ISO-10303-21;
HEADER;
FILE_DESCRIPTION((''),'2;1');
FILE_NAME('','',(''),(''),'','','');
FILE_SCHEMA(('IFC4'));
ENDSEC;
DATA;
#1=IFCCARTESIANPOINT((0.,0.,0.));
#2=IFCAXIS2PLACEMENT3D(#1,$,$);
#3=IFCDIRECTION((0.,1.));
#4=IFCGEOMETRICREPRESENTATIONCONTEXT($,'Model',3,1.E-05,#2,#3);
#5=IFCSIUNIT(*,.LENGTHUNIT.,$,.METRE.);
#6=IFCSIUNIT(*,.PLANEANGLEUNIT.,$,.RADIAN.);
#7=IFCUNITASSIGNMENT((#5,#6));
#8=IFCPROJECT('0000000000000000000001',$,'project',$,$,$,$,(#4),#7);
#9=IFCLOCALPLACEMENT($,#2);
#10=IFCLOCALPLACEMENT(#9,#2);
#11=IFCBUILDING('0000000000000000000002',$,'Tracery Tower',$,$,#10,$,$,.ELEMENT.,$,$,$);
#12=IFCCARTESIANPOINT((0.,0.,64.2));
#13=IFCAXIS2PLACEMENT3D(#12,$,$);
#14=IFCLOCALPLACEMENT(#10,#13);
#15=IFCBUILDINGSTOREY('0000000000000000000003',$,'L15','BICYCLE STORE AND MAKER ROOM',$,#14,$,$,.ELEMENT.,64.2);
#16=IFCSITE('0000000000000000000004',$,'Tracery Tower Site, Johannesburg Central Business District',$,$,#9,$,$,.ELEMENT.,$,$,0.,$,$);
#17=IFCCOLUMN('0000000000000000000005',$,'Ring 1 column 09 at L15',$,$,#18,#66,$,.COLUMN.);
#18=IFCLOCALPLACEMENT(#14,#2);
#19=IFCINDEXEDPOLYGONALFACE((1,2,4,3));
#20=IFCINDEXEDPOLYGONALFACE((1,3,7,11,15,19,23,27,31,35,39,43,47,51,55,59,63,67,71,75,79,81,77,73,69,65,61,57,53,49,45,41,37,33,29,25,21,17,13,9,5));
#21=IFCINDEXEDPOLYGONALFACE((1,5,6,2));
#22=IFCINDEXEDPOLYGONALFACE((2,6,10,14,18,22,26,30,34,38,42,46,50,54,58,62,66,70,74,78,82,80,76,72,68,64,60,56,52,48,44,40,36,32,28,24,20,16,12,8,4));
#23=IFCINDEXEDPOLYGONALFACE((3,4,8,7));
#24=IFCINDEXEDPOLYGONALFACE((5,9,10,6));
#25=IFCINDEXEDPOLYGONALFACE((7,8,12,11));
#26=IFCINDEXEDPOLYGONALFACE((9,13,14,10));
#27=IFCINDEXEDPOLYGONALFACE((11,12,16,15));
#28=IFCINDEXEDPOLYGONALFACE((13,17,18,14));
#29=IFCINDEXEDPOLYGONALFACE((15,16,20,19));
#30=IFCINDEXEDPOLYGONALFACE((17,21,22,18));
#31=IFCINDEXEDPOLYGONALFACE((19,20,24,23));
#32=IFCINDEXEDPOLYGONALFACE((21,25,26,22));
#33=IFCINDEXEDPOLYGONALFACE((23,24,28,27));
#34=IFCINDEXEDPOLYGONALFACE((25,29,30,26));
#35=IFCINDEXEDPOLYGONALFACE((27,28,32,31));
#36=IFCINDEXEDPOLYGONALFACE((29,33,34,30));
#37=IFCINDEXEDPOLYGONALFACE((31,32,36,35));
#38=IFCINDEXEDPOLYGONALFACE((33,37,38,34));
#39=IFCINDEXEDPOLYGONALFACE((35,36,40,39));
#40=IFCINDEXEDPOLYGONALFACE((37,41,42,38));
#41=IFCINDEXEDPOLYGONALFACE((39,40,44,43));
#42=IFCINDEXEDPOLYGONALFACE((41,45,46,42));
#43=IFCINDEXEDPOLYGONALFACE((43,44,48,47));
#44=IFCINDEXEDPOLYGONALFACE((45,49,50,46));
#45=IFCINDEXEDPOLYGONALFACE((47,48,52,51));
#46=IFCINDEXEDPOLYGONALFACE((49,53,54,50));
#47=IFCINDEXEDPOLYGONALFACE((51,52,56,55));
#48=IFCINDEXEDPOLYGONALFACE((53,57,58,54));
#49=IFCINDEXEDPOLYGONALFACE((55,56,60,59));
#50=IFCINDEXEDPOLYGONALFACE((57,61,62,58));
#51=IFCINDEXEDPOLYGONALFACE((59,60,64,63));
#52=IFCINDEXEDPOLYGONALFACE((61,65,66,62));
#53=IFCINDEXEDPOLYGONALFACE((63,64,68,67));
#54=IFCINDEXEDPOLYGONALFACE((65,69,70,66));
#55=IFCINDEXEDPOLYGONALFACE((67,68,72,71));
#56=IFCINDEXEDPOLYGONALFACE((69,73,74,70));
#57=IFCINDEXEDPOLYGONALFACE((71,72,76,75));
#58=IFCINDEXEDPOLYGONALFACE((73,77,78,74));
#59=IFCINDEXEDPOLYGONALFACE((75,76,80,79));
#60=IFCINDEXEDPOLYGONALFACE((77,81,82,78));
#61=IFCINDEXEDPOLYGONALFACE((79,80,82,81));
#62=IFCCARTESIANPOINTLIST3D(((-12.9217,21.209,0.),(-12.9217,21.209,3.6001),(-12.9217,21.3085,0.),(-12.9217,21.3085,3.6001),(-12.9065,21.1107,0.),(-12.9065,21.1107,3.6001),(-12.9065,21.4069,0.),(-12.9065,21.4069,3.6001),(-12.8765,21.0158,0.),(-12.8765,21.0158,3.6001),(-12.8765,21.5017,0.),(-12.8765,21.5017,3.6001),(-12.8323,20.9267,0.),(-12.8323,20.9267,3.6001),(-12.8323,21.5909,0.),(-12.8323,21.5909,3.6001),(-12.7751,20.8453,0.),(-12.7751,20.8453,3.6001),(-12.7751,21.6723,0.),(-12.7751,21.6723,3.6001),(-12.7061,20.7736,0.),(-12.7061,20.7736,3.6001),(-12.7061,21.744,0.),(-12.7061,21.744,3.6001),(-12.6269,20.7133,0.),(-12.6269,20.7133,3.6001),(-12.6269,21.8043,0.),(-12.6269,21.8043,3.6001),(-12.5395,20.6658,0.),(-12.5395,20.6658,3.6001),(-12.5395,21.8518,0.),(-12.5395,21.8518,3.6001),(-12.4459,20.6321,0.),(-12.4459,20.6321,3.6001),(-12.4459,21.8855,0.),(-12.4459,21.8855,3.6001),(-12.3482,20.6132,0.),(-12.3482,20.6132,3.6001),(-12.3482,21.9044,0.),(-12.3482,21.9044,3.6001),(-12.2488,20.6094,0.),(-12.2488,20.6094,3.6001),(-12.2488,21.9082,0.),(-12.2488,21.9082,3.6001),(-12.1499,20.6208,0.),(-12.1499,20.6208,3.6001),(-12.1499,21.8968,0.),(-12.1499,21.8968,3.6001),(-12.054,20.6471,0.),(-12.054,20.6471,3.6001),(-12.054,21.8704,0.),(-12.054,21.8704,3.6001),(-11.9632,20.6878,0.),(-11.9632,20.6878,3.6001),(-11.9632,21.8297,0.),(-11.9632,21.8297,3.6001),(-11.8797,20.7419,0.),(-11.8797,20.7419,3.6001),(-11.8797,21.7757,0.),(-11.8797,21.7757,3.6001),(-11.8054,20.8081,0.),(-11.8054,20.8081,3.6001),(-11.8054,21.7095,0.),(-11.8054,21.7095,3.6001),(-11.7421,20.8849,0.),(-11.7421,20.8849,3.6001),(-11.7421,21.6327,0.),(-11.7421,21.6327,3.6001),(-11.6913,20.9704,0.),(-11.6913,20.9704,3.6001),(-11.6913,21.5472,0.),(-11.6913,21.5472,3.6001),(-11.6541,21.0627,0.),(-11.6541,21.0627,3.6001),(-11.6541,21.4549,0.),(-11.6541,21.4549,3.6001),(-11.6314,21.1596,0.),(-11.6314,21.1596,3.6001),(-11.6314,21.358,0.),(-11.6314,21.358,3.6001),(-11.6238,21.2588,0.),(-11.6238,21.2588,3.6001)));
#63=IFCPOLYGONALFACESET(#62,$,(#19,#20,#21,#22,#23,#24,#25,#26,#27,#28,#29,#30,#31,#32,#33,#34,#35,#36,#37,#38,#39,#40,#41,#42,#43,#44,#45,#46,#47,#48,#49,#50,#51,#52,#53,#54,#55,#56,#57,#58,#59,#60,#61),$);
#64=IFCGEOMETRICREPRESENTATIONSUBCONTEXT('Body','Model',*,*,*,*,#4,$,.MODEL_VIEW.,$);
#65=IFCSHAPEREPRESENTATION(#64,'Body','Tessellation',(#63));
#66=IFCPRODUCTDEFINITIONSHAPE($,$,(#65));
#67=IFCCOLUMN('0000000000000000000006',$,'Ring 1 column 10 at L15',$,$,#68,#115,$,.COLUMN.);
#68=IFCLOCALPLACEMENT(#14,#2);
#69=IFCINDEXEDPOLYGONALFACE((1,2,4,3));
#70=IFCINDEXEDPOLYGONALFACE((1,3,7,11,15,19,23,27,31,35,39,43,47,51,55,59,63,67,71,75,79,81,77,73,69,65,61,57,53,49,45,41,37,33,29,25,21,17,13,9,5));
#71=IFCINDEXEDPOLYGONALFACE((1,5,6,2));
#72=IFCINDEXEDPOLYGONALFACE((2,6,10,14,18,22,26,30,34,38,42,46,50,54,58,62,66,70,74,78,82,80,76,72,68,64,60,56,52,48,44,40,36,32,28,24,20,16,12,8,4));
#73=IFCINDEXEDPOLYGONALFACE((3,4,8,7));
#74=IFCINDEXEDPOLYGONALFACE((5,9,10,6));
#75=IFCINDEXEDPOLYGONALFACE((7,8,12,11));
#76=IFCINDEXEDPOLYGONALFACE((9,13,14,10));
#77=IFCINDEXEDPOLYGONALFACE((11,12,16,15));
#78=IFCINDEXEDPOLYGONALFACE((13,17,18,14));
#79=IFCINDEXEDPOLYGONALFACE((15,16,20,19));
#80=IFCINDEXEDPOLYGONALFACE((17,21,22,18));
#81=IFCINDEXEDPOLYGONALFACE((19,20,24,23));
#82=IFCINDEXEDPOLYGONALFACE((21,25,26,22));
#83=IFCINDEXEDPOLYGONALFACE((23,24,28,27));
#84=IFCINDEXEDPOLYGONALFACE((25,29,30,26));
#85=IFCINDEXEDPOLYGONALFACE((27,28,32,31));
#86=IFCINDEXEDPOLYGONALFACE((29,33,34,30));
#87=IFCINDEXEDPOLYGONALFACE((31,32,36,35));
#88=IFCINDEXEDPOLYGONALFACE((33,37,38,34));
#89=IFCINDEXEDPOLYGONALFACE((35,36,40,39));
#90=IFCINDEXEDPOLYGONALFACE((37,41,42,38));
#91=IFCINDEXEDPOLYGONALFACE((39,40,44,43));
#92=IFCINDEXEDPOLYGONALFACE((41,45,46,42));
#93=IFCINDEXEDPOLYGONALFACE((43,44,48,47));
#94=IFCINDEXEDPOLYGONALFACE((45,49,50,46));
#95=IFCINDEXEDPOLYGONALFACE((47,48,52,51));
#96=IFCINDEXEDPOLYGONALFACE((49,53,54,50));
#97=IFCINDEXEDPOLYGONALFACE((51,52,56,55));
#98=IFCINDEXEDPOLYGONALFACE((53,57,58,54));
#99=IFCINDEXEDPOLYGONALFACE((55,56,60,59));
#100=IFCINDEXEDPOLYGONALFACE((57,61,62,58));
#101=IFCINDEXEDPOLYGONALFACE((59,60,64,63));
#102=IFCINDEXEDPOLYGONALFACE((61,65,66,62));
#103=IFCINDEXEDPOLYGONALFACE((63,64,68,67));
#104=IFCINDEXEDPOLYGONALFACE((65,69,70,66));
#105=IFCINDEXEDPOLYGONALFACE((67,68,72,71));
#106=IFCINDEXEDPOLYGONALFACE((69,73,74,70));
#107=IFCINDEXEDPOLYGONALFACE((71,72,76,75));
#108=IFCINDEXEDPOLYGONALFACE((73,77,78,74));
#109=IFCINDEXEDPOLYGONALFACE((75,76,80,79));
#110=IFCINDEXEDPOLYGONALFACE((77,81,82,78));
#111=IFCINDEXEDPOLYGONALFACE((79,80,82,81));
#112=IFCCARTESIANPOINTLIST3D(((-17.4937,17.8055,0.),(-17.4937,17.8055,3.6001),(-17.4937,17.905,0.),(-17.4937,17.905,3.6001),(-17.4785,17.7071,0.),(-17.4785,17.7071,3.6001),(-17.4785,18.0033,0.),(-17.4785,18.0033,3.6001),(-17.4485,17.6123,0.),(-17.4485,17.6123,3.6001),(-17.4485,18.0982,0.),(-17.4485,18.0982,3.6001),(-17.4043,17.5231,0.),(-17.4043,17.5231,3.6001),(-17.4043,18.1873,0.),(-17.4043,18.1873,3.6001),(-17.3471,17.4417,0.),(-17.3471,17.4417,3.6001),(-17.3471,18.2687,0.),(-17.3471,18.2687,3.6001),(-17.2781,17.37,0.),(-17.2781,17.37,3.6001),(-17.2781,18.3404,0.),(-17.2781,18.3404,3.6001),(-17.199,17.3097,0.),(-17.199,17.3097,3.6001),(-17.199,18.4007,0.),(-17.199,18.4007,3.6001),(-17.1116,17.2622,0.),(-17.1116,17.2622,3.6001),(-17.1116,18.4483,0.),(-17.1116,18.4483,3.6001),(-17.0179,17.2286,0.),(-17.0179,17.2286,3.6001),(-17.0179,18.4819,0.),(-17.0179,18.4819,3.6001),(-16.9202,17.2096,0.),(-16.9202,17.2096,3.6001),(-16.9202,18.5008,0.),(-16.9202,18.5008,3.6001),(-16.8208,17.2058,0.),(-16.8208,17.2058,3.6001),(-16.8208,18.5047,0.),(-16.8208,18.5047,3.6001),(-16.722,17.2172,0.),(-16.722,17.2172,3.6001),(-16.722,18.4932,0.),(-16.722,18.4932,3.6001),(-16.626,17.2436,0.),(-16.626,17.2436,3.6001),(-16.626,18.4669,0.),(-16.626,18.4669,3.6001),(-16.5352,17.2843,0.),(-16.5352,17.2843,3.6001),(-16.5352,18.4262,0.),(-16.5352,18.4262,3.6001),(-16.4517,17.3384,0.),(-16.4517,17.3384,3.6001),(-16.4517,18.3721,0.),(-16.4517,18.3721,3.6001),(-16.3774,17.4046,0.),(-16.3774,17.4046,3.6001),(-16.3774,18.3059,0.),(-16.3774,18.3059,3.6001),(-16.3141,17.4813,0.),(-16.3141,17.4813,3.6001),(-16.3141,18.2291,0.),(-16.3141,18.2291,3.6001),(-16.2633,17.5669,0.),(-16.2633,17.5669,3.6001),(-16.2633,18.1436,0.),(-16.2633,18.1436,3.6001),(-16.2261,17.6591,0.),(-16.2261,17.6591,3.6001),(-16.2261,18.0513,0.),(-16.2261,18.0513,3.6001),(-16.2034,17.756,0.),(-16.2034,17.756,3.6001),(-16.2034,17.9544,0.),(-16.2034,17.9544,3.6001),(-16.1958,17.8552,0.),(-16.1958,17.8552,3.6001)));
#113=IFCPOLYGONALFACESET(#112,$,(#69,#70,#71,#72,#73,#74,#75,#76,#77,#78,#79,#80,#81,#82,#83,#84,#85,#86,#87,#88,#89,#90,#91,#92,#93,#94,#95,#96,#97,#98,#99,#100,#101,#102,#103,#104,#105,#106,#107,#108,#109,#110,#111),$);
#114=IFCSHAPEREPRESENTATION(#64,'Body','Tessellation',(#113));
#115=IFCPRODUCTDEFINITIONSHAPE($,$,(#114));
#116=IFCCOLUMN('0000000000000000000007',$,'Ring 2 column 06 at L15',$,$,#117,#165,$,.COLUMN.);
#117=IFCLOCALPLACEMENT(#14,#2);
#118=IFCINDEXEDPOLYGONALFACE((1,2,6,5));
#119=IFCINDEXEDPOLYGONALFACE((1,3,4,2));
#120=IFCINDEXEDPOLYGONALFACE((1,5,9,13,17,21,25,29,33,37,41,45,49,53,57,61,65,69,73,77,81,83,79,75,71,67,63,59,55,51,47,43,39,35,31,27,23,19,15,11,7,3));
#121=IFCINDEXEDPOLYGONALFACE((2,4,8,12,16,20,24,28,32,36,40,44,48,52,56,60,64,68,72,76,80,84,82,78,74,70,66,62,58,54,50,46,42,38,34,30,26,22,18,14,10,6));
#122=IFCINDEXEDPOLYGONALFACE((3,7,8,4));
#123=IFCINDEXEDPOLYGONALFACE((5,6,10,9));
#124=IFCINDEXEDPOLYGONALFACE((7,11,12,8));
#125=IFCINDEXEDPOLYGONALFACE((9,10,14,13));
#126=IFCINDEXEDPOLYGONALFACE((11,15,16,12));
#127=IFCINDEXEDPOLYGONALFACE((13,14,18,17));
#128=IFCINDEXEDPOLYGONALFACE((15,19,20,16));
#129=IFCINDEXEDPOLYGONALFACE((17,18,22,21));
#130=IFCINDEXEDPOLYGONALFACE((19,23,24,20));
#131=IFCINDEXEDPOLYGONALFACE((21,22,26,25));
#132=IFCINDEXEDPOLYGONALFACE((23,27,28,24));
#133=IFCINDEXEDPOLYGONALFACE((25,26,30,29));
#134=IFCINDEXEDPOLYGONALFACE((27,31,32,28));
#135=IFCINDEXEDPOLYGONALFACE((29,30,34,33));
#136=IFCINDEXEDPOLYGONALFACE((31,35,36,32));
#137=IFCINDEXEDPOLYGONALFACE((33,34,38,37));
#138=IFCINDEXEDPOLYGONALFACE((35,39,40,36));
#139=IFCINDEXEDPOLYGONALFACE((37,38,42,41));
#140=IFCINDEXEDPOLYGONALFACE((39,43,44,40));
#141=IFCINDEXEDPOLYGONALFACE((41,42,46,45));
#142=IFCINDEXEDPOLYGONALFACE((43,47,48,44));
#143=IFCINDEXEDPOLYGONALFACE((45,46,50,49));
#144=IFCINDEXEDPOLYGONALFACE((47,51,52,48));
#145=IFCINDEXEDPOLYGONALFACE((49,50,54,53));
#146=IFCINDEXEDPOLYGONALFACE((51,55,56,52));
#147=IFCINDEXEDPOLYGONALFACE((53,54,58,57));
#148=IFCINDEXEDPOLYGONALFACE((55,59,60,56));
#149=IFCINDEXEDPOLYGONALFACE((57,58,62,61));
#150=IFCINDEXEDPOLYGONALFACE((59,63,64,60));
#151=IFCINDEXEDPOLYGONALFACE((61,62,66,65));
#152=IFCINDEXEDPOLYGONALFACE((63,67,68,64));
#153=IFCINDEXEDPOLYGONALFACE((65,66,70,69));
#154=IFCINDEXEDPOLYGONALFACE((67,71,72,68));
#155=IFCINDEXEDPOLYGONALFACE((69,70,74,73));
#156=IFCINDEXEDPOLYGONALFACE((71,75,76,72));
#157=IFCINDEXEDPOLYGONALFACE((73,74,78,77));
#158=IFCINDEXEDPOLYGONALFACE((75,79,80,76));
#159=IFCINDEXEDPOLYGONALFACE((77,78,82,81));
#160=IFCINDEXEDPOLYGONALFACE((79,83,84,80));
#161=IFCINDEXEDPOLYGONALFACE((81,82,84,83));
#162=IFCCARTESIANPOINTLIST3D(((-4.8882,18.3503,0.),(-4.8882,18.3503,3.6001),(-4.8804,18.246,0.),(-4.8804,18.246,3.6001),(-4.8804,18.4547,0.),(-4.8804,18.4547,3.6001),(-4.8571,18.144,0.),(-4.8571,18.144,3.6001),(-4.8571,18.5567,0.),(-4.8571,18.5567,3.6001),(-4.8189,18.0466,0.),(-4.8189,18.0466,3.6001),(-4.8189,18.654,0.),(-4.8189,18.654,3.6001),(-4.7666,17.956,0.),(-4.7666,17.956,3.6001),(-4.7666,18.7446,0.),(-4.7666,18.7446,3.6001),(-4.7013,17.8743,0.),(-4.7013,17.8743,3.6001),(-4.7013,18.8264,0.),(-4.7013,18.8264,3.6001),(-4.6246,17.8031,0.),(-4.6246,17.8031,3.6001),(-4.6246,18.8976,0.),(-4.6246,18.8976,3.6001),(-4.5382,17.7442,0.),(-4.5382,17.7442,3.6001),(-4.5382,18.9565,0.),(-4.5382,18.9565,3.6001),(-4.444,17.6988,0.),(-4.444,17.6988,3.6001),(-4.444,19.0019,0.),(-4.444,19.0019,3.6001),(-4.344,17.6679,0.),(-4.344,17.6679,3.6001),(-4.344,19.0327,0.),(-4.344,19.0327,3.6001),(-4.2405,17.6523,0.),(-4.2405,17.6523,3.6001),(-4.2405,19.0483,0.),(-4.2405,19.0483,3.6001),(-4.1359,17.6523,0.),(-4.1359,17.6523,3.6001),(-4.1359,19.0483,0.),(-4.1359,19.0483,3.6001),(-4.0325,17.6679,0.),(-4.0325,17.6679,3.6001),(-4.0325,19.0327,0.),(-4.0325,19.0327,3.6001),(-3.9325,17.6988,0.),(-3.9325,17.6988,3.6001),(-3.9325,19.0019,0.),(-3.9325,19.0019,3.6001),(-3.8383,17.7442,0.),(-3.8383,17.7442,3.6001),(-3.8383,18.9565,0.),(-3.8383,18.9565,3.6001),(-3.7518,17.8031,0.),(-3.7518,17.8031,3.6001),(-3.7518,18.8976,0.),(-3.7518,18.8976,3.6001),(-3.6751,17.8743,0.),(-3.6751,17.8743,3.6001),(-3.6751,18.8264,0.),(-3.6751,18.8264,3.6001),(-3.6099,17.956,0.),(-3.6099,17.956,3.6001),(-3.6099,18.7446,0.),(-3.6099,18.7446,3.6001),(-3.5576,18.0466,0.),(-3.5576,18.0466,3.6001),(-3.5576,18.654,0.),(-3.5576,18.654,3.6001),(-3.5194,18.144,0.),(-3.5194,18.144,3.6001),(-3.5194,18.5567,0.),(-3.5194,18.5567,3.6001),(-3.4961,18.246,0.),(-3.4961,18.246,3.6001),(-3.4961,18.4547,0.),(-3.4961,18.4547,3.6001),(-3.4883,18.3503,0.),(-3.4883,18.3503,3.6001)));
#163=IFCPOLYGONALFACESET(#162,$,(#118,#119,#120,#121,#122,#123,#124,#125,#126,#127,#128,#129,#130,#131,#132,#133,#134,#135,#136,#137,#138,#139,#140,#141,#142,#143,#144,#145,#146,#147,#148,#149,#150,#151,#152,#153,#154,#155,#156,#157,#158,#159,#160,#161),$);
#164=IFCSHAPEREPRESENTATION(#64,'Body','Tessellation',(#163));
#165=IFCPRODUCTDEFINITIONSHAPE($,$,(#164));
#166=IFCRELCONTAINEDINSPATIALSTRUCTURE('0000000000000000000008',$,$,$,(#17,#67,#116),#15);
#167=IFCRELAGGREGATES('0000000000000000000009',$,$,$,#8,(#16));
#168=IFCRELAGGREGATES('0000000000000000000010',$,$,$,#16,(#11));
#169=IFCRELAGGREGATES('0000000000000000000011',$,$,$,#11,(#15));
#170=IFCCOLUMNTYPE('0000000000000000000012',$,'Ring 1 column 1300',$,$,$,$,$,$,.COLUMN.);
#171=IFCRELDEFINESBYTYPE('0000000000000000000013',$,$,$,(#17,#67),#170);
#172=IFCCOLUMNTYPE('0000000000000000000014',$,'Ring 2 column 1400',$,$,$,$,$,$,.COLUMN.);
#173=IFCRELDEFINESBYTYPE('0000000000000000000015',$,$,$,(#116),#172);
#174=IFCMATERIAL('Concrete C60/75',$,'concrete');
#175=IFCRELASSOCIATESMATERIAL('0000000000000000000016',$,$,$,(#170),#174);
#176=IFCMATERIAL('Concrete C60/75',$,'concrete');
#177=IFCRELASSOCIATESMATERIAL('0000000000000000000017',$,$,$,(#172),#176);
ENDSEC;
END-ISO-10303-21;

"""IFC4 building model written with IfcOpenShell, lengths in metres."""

from ifc_helpers import new_model, si_unit, direction, frame, origin, origin_2d, place, context, subcontext, project, spatial, circle, extrude, material, material_profile, profile_set, type_object, element, save


model = new_model("IFC4")

# Units and contexts
model_context = context("Model", 3, precision=1e-05, world=origin(), true_north=direction((0.0, 1.0)))
body_context = subcontext(model_context, "Body", "Model", "MODEL_VIEW")
ifc_project = project(units=[si_unit("LENGTHUNIT", "METRE"), si_unit("PLANEANGLEUNIT", "RADIAN")], contexts=[model_context])

# Site, building, storey
site_placement = place(None, origin())
site = spatial("IfcSite", under=ifc_project, at=site_placement, Name="Tracery Tower Site, Johannesburg Central Business District", CompositionType="ELEMENT", RefElevation=0.0)
building_placement = place(site_placement, origin())
building = spatial("IfcBuilding", under=site, at=building_placement, Name="Tracery Tower", CompositionType="ELEMENT")
storey_placement = place(building_placement, frame((0.0, 0.0, 64.2)))
storey = spatial("IfcBuildingStorey", under=building, at=storey_placement, Name="L15", Description="BICYCLE STORE AND MAKER ROOM", CompositionType="ELEMENT", Elevation=64.2)

# Columns
ifc_material_1 = material(Name="Concrete C60/75", Category="concrete")
ifc_material_profile_1 = material_profile(ifc_material_1, circle(Radius=0.6499, at=origin_2d()), Name="RC D1300")
ifc_profile_set_1 = profile_set([ifc_material_profile_1], Name="Concrete C60/75")
column_type_1 = type_object("IfcColumnType", Name="Ring 1 column 1300", PredefinedType="COLUMN", material=ifc_profile_set_1)
for number, where, z_axis, x_axis, name in (
    (1, (-12.2737, 21.2588, 0.0), (0.0, 0.0, 1.0), (1.0, 0.0, 0.0), "Ring 1 column 09 at L15"),
    (2, (-16.8457, 17.8552, 0.0), (0.0, 0.0, 1.0), (1.0, 0.0, 0.0), "Ring 1 column 10 at L15"),
):
    element("IfcColumn", number, at=place(storey_placement, frame(where, z_axis=z_axis, x_axis=x_axis)), inside=storey, type_object=column_type_1, Name=name, PredefinedType="COLUMN", context=body_context, shape_type="SweptSolid", body=[
        extrude(circle(Radius=0.6499, at=origin_2d()), origin(), (0.0, 0.0, 1.0), 3.6001),
    ])
ifc_material_2 = material(Name="Concrete C60/75", Category="concrete")
ifc_material_profile_2 = material_profile(ifc_material_2, circle(Radius=0.7, at=origin_2d()), Name="RC D1400")
ifc_profile_set_2 = profile_set([ifc_material_profile_2], Name="Concrete C60/75")
column_type_2 = type_object("IfcColumnType", Name="Ring 2 column 1400", PredefinedType="COLUMN", material=ifc_profile_set_2)
for number, where, z_axis, x_axis, name in (
    (3, (-4.1882, 18.3503, 0.0), (0.0, 0.0, 1.0), (1.0, 0.0, 0.0), "Ring 2 column 06 at L15"),
):
    element("IfcColumn", number, at=place(storey_placement, frame(where, z_axis=z_axis, x_axis=x_axis)), inside=storey, type_object=column_type_2, Name=name, PredefinedType="COLUMN", context=body_context, shape_type="SweptSolid", body=[
        extrude(circle(Radius=0.7, at=origin_2d()), origin(), (0.0, 0.0, 1.0), 3.6001),
    ])

save(model, "model.ifc")
